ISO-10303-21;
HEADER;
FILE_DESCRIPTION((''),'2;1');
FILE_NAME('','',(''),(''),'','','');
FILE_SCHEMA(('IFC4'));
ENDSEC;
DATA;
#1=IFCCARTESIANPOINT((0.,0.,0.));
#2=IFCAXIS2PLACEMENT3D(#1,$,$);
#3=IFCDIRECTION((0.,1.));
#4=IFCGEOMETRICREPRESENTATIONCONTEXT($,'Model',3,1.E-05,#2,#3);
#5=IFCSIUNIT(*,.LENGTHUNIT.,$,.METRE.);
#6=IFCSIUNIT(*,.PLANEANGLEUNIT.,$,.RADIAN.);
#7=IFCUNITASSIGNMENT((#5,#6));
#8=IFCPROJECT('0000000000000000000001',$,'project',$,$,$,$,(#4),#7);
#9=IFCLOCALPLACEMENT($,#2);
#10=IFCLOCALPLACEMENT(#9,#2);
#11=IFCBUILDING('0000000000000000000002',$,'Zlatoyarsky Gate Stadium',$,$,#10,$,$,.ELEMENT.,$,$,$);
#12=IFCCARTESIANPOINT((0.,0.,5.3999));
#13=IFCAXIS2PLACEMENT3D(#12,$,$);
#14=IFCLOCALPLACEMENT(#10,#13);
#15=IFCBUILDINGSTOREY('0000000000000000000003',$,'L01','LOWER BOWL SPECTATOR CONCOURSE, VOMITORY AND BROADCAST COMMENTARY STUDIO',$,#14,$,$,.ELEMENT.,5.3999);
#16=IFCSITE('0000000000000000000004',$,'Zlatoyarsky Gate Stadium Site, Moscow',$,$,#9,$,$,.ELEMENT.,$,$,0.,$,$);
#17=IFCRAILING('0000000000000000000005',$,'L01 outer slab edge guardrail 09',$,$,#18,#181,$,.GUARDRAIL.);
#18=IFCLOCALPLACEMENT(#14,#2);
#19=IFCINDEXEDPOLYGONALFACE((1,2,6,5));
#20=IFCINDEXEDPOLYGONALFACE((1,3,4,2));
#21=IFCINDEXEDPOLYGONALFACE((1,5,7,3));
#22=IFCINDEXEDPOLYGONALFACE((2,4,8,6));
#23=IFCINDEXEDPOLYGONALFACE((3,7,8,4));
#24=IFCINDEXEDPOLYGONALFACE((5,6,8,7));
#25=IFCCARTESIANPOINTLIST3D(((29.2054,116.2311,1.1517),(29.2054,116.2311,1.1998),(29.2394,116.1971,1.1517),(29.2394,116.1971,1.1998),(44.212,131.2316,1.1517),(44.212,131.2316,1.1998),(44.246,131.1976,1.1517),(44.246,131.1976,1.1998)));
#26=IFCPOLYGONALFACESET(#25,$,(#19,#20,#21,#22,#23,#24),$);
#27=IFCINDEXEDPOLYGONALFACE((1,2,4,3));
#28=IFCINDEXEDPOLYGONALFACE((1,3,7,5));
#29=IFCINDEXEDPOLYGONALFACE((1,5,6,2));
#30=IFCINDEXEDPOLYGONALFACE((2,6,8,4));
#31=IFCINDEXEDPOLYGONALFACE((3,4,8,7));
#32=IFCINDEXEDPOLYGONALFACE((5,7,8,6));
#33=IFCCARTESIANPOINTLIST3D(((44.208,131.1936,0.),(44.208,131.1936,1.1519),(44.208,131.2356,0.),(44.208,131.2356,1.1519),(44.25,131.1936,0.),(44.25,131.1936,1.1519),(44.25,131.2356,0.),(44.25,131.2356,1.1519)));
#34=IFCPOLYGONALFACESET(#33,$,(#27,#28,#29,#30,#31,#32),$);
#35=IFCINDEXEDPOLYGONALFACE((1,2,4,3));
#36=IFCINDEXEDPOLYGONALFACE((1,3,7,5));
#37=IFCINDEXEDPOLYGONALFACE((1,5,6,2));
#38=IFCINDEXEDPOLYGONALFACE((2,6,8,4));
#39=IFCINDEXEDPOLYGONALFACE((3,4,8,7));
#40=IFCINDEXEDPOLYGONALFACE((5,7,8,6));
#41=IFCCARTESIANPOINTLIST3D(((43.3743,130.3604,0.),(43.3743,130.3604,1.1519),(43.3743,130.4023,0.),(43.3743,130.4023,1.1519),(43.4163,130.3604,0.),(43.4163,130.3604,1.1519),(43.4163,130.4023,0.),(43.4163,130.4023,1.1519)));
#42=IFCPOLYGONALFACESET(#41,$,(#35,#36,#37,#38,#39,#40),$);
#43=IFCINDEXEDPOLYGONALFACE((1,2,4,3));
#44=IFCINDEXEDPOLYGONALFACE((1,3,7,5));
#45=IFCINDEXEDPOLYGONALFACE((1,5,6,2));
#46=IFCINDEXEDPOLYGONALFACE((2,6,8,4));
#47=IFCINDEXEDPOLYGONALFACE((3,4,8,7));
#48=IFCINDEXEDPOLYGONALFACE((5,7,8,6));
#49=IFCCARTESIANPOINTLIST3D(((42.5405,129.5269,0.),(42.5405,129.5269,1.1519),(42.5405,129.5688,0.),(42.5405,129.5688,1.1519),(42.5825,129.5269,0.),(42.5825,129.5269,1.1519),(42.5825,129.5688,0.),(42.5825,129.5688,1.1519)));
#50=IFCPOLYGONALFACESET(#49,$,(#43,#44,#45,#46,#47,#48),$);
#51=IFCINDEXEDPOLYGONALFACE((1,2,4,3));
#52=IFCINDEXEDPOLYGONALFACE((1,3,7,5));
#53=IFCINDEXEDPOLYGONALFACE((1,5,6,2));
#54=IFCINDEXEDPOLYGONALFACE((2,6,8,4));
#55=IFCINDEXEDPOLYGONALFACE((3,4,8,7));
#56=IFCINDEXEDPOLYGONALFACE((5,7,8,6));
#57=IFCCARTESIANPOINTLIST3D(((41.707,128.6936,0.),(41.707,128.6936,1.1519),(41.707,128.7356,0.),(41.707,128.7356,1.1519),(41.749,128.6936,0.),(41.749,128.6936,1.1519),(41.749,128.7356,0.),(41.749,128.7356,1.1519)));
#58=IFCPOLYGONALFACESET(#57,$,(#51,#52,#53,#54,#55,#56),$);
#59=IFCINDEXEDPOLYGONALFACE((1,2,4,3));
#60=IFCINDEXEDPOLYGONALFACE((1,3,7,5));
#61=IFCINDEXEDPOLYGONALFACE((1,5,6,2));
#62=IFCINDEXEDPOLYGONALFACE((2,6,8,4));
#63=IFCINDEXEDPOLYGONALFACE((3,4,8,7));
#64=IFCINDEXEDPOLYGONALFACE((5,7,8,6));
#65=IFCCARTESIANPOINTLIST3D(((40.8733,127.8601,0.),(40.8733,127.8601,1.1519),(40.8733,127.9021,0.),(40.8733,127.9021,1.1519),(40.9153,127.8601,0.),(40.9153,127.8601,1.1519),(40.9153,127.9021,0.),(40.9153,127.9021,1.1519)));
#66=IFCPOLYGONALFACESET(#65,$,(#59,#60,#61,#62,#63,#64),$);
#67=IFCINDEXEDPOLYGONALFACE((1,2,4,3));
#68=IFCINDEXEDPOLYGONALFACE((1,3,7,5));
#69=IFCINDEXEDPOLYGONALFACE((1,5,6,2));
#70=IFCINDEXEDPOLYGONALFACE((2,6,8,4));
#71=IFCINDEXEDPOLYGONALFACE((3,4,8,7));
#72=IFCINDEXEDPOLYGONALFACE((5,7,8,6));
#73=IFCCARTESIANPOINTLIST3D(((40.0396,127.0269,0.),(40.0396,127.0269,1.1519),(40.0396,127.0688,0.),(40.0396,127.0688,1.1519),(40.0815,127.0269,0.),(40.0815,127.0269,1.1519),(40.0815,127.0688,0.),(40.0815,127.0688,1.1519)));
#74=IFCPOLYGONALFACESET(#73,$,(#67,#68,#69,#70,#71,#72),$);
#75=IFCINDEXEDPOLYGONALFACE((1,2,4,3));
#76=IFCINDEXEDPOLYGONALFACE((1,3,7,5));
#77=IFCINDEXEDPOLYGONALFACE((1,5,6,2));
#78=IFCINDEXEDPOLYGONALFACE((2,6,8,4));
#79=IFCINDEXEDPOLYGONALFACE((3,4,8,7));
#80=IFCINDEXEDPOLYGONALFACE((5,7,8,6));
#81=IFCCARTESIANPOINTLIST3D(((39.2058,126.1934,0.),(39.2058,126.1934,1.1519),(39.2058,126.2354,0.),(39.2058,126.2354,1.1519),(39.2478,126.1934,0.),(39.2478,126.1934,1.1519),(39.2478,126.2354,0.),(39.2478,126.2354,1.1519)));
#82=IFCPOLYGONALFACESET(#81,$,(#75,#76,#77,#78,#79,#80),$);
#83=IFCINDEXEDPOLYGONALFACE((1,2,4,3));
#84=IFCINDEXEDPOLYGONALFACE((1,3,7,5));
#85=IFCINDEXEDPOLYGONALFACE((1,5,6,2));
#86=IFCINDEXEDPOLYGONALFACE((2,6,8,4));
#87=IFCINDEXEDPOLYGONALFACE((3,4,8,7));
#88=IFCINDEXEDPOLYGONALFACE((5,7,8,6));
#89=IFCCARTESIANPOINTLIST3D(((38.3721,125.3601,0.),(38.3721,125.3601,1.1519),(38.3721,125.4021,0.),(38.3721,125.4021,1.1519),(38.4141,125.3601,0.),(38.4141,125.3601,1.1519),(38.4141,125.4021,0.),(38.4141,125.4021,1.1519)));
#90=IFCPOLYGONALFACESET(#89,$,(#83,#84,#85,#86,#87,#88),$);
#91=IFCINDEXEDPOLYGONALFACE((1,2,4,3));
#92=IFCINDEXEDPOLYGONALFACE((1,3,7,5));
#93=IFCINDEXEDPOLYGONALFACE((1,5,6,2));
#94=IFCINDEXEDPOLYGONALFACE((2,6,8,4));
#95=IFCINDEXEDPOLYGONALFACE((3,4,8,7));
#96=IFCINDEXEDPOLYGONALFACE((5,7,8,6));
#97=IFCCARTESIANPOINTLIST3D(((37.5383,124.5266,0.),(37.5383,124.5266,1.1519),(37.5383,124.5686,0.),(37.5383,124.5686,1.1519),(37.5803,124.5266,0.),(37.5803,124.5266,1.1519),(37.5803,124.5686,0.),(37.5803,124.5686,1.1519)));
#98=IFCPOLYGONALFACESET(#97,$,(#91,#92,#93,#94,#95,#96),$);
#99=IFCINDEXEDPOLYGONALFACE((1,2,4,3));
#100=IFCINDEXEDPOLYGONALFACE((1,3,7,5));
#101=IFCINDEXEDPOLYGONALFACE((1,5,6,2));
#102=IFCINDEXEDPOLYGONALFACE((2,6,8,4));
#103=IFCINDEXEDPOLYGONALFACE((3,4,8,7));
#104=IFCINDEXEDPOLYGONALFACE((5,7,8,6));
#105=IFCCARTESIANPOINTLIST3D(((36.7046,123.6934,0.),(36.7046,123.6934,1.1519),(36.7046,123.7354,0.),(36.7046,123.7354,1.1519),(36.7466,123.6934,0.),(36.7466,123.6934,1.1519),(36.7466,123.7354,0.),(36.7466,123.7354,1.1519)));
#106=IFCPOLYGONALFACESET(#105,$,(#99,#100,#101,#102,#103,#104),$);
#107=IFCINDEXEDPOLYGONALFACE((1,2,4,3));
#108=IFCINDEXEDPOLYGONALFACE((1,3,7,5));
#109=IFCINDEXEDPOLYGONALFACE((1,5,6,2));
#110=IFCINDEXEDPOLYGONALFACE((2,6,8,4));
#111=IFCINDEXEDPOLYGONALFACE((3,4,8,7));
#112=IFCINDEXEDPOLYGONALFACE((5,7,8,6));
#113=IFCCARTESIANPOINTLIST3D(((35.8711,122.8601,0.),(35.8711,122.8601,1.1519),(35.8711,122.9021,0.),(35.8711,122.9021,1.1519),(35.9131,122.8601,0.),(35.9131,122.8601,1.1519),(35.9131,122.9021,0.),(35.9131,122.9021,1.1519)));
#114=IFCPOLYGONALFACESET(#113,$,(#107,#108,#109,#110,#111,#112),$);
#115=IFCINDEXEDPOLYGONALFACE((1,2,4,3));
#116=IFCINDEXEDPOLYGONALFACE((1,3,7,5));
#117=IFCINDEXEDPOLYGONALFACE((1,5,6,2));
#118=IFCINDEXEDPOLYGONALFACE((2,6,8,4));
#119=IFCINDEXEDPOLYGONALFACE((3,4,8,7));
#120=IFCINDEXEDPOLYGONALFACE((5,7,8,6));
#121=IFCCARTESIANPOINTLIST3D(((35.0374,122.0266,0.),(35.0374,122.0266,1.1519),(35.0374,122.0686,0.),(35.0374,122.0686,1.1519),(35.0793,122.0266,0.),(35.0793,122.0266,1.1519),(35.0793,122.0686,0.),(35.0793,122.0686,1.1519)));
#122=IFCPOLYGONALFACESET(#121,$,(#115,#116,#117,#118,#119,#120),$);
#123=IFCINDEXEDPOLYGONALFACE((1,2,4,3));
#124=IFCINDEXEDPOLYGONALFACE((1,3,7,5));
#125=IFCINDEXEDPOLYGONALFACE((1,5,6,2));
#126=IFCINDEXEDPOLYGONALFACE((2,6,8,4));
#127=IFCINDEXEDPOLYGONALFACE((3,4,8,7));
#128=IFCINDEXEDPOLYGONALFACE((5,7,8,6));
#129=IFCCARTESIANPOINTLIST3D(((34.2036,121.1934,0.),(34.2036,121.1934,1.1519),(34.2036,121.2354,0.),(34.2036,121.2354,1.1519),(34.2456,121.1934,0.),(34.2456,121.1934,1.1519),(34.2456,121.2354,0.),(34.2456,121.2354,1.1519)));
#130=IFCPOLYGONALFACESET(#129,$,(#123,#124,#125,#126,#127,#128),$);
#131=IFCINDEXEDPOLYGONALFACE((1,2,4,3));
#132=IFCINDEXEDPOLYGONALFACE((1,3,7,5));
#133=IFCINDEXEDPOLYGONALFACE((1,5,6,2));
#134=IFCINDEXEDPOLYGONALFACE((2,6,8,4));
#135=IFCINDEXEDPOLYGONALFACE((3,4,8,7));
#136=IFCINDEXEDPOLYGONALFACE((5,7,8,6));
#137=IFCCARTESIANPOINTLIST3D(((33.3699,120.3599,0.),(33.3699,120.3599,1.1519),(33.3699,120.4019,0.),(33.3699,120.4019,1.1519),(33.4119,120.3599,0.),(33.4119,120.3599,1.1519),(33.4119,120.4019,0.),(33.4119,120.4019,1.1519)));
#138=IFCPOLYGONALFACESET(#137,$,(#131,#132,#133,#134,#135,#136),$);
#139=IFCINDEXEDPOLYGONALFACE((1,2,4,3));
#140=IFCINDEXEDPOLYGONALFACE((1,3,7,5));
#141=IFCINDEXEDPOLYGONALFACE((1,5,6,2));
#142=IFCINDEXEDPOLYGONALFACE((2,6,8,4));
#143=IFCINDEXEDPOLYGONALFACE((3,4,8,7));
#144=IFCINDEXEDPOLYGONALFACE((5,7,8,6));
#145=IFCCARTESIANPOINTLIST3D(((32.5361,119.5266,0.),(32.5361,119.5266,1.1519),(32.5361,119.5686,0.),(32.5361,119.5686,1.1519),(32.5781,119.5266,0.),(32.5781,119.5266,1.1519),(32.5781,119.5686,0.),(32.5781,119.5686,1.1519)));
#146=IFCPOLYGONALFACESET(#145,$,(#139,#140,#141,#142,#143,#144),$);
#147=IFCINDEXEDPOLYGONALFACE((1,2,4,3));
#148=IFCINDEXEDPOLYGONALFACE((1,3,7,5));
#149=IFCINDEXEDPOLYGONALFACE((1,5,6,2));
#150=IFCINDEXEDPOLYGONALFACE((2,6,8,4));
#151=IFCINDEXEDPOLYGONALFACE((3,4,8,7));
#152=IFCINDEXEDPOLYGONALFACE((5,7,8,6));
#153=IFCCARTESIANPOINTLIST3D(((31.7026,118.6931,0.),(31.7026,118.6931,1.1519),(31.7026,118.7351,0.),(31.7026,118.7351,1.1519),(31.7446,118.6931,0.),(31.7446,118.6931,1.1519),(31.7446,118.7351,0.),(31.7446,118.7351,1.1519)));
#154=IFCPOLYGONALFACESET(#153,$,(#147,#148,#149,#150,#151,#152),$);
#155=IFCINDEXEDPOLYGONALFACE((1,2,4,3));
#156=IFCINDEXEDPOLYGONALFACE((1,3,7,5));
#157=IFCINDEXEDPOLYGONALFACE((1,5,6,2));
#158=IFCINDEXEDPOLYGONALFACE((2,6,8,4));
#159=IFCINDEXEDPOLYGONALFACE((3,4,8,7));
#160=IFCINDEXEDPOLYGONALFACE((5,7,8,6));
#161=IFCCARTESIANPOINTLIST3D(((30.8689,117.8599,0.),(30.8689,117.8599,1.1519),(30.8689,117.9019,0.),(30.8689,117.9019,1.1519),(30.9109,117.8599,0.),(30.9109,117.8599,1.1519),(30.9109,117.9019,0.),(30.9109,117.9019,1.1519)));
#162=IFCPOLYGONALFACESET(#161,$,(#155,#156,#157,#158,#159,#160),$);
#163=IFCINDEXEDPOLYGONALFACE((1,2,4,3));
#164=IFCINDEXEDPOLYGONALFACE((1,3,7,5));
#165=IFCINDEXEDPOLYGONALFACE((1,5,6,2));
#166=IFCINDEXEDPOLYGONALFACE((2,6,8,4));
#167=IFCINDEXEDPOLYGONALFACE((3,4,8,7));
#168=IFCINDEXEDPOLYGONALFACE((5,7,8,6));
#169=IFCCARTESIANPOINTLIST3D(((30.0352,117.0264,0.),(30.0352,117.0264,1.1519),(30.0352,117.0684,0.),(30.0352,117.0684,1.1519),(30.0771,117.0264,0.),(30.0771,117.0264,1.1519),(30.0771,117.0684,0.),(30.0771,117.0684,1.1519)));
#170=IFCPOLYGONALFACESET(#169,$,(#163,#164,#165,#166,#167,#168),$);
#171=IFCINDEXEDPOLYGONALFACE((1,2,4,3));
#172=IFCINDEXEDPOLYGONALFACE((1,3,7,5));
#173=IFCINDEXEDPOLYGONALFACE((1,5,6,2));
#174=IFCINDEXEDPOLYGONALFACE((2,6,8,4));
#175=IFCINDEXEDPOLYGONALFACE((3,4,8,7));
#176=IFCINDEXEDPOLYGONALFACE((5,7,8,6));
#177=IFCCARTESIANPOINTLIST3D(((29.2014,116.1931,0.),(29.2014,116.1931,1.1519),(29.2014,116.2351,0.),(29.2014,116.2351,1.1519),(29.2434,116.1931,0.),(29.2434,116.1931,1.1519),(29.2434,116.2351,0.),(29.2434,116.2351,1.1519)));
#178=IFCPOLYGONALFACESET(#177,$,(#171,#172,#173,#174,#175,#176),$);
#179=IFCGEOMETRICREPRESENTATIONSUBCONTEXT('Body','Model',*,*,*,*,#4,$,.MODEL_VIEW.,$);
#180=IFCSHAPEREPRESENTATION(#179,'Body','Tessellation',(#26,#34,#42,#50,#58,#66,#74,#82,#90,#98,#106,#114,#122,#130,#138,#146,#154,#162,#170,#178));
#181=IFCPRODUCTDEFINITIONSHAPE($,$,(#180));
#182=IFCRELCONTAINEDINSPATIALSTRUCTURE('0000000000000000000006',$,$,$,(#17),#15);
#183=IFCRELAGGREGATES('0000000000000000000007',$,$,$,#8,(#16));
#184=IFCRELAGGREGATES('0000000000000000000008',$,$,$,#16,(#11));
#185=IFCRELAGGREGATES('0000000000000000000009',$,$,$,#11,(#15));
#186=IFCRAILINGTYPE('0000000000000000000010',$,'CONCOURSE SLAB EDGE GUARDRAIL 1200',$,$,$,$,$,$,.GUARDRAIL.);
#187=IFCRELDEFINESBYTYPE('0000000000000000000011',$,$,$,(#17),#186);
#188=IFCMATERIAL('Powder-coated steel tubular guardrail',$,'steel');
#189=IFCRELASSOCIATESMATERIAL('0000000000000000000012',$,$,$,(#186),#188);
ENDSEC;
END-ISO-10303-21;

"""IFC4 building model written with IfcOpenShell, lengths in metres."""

from ifc_helpers import new_model, si_unit, direction, frame, origin, origin_2d, place, context, subcontext, project, spatial, rectangle, extrude, material, type_object, element, save


model = new_model("IFC4")

# Units and contexts
model_context = context("Model", 3, precision=1e-05, world=origin(), true_north=direction((0.0, 1.0)))
body_context = subcontext(model_context, "Body", "Model", "MODEL_VIEW")
ifc_project = project(units=[si_unit("LENGTHUNIT", "METRE"), si_unit("PLANEANGLEUNIT", "RADIAN")], contexts=[model_context])

# Site, building, storey
site_placement = place(None, origin())
site = spatial("IfcSite", under=ifc_project, at=site_placement, Name="Zlatoyarsky Gate Stadium Site, Moscow", CompositionType="ELEMENT", RefElevation=0.0)
building_placement = place(site_placement, origin())
building = spatial("IfcBuilding", under=site, at=building_placement, Name="Zlatoyarsky Gate Stadium", CompositionType="ELEMENT")
storey_placement = place(building_placement, frame((0.0, 0.0, 5.3999)))
storey = spatial("IfcBuildingStorey", under=building, at=storey_placement, Name="L01", Description="LOWER BOWL SPECTATOR CONCOURSE, VOMITORY AND BROADCAST COMMENTARY STUDIO", CompositionType="ELEMENT", Elevation=5.3999)

# Railing
ifc_material_1 = material(Name="Powder-coated steel tubular guardrail", Category="steel")
railing_type = type_object("IfcRailingType", Name="CONCOURSE SLAB EDGE GUARDRAIL 1200", PredefinedType="GUARDRAIL", material=ifc_material_1)
railing_placement = place(storey_placement, frame((44.229, 131.2146, 0.0)))
element("IfcRailing", 1, at=railing_placement, inside=storey, type_object=railing_type, Name="L01 outer slab edge guardrail 09", PredefinedType="GUARDRAIL", context=body_context, shape_type="SweptSolid", body=[
    extrude(rectangle(XDim=0.0481, YDim=0.0481, at=origin_2d()), frame((0.0, 0.0, 1.1758), z_axis=(-0.707251, -0.706963, 0.0), x_axis=(0.706963, -0.707251, 0.0)), (0.0, 0.0, 1.0), 21.2183),
    extrude(rectangle(XDim=0.042, YDim=0.042, at=origin_2d()), origin(), (0.0, 0.0, 1.0), 1.1519),
    extrude(rectangle(XDim=0.042, YDim=0.042, at=origin_2d()), frame((-0.8337, -0.8333, 0.0)), (0.0, 0.0, 1.0), 1.1519),
    extrude(rectangle(XDim=0.042, YDim=0.042, at=origin_2d()), frame((-1.6675, -1.6667, 0.0)), (0.0, 0.0, 1.0), 1.1519),
    extrude(rectangle(XDim=0.042, YDim=0.042, at=origin_2d()), frame((-2.501, -2.5, 0.0)), (0.0, 0.0, 1.0), 1.1519),
    extrude(rectangle(XDim=0.042, YDim=0.042, at=origin_2d()), frame((-3.3347, -3.3335, 0.0)), (0.0, 0.0, 1.0), 1.1519),
    extrude(rectangle(XDim=0.042, YDim=0.042, at=origin_2d()), frame((-4.1685, -4.1667, 0.0)), (0.0, 0.0, 1.0), 1.1519),
    extrude(rectangle(XDim=0.042, YDim=0.042, at=origin_2d()), frame((-5.0022, -5.0002, 0.0)), (0.0, 0.0, 1.0), 1.1519),
    extrude(rectangle(XDim=0.042, YDim=0.042, at=origin_2d()), frame((-5.8359, -5.8335, 0.0)), (0.0, 0.0, 1.0), 1.1519),
    extrude(rectangle(XDim=0.042, YDim=0.042, at=origin_2d()), frame((-6.6697, -6.667, 0.0)), (0.0, 0.0, 1.0), 1.1519),
    extrude(rectangle(XDim=0.042, YDim=0.042, at=origin_2d()), frame((-7.5034, -7.5002, 0.0)), (0.0, 0.0, 1.0), 1.1519),
    extrude(rectangle(XDim=0.042, YDim=0.042, at=origin_2d()), frame((-8.3369, -8.3335, 0.0)), (0.0, 0.0, 1.0), 1.1519),
    extrude(rectangle(XDim=0.042, YDim=0.042, at=origin_2d()), frame((-9.1707, -9.167, 0.0)), (0.0, 0.0, 1.0), 1.1519),
    extrude(rectangle(XDim=0.042, YDim=0.042, at=origin_2d()), frame((-10.0044, -10.0002, 0.0)), (0.0, 0.0, 1.0), 1.1519),
    extrude(rectangle(XDim=0.042, YDim=0.042, at=origin_2d()), frame((-10.8381, -10.8337, 0.0)), (0.0, 0.0, 1.0), 1.1519),
    extrude(rectangle(XDim=0.042, YDim=0.042, at=origin_2d()), frame((-11.6719, -11.667, 0.0)), (0.0, 0.0, 1.0), 1.1519),
    extrude(rectangle(XDim=0.042, YDim=0.042, at=origin_2d()), frame((-12.5054, -12.5005, 0.0)), (0.0, 0.0, 1.0), 1.1519),
    extrude(rectangle(XDim=0.042, YDim=0.042, at=origin_2d()), frame((-13.3391, -13.3337, 0.0)), (0.0, 0.0, 1.0), 1.1519),
    extrude(rectangle(XDim=0.042, YDim=0.042, at=origin_2d()), frame((-14.1729, -14.1672, 0.0)), (0.0, 0.0, 1.0), 1.1519),
    extrude(rectangle(XDim=0.042, YDim=0.042, at=origin_2d()), frame((-15.0066, -15.0005, 0.0)), (0.0, 0.0, 1.0), 1.1519),
])

save(model, "model.ifc")
